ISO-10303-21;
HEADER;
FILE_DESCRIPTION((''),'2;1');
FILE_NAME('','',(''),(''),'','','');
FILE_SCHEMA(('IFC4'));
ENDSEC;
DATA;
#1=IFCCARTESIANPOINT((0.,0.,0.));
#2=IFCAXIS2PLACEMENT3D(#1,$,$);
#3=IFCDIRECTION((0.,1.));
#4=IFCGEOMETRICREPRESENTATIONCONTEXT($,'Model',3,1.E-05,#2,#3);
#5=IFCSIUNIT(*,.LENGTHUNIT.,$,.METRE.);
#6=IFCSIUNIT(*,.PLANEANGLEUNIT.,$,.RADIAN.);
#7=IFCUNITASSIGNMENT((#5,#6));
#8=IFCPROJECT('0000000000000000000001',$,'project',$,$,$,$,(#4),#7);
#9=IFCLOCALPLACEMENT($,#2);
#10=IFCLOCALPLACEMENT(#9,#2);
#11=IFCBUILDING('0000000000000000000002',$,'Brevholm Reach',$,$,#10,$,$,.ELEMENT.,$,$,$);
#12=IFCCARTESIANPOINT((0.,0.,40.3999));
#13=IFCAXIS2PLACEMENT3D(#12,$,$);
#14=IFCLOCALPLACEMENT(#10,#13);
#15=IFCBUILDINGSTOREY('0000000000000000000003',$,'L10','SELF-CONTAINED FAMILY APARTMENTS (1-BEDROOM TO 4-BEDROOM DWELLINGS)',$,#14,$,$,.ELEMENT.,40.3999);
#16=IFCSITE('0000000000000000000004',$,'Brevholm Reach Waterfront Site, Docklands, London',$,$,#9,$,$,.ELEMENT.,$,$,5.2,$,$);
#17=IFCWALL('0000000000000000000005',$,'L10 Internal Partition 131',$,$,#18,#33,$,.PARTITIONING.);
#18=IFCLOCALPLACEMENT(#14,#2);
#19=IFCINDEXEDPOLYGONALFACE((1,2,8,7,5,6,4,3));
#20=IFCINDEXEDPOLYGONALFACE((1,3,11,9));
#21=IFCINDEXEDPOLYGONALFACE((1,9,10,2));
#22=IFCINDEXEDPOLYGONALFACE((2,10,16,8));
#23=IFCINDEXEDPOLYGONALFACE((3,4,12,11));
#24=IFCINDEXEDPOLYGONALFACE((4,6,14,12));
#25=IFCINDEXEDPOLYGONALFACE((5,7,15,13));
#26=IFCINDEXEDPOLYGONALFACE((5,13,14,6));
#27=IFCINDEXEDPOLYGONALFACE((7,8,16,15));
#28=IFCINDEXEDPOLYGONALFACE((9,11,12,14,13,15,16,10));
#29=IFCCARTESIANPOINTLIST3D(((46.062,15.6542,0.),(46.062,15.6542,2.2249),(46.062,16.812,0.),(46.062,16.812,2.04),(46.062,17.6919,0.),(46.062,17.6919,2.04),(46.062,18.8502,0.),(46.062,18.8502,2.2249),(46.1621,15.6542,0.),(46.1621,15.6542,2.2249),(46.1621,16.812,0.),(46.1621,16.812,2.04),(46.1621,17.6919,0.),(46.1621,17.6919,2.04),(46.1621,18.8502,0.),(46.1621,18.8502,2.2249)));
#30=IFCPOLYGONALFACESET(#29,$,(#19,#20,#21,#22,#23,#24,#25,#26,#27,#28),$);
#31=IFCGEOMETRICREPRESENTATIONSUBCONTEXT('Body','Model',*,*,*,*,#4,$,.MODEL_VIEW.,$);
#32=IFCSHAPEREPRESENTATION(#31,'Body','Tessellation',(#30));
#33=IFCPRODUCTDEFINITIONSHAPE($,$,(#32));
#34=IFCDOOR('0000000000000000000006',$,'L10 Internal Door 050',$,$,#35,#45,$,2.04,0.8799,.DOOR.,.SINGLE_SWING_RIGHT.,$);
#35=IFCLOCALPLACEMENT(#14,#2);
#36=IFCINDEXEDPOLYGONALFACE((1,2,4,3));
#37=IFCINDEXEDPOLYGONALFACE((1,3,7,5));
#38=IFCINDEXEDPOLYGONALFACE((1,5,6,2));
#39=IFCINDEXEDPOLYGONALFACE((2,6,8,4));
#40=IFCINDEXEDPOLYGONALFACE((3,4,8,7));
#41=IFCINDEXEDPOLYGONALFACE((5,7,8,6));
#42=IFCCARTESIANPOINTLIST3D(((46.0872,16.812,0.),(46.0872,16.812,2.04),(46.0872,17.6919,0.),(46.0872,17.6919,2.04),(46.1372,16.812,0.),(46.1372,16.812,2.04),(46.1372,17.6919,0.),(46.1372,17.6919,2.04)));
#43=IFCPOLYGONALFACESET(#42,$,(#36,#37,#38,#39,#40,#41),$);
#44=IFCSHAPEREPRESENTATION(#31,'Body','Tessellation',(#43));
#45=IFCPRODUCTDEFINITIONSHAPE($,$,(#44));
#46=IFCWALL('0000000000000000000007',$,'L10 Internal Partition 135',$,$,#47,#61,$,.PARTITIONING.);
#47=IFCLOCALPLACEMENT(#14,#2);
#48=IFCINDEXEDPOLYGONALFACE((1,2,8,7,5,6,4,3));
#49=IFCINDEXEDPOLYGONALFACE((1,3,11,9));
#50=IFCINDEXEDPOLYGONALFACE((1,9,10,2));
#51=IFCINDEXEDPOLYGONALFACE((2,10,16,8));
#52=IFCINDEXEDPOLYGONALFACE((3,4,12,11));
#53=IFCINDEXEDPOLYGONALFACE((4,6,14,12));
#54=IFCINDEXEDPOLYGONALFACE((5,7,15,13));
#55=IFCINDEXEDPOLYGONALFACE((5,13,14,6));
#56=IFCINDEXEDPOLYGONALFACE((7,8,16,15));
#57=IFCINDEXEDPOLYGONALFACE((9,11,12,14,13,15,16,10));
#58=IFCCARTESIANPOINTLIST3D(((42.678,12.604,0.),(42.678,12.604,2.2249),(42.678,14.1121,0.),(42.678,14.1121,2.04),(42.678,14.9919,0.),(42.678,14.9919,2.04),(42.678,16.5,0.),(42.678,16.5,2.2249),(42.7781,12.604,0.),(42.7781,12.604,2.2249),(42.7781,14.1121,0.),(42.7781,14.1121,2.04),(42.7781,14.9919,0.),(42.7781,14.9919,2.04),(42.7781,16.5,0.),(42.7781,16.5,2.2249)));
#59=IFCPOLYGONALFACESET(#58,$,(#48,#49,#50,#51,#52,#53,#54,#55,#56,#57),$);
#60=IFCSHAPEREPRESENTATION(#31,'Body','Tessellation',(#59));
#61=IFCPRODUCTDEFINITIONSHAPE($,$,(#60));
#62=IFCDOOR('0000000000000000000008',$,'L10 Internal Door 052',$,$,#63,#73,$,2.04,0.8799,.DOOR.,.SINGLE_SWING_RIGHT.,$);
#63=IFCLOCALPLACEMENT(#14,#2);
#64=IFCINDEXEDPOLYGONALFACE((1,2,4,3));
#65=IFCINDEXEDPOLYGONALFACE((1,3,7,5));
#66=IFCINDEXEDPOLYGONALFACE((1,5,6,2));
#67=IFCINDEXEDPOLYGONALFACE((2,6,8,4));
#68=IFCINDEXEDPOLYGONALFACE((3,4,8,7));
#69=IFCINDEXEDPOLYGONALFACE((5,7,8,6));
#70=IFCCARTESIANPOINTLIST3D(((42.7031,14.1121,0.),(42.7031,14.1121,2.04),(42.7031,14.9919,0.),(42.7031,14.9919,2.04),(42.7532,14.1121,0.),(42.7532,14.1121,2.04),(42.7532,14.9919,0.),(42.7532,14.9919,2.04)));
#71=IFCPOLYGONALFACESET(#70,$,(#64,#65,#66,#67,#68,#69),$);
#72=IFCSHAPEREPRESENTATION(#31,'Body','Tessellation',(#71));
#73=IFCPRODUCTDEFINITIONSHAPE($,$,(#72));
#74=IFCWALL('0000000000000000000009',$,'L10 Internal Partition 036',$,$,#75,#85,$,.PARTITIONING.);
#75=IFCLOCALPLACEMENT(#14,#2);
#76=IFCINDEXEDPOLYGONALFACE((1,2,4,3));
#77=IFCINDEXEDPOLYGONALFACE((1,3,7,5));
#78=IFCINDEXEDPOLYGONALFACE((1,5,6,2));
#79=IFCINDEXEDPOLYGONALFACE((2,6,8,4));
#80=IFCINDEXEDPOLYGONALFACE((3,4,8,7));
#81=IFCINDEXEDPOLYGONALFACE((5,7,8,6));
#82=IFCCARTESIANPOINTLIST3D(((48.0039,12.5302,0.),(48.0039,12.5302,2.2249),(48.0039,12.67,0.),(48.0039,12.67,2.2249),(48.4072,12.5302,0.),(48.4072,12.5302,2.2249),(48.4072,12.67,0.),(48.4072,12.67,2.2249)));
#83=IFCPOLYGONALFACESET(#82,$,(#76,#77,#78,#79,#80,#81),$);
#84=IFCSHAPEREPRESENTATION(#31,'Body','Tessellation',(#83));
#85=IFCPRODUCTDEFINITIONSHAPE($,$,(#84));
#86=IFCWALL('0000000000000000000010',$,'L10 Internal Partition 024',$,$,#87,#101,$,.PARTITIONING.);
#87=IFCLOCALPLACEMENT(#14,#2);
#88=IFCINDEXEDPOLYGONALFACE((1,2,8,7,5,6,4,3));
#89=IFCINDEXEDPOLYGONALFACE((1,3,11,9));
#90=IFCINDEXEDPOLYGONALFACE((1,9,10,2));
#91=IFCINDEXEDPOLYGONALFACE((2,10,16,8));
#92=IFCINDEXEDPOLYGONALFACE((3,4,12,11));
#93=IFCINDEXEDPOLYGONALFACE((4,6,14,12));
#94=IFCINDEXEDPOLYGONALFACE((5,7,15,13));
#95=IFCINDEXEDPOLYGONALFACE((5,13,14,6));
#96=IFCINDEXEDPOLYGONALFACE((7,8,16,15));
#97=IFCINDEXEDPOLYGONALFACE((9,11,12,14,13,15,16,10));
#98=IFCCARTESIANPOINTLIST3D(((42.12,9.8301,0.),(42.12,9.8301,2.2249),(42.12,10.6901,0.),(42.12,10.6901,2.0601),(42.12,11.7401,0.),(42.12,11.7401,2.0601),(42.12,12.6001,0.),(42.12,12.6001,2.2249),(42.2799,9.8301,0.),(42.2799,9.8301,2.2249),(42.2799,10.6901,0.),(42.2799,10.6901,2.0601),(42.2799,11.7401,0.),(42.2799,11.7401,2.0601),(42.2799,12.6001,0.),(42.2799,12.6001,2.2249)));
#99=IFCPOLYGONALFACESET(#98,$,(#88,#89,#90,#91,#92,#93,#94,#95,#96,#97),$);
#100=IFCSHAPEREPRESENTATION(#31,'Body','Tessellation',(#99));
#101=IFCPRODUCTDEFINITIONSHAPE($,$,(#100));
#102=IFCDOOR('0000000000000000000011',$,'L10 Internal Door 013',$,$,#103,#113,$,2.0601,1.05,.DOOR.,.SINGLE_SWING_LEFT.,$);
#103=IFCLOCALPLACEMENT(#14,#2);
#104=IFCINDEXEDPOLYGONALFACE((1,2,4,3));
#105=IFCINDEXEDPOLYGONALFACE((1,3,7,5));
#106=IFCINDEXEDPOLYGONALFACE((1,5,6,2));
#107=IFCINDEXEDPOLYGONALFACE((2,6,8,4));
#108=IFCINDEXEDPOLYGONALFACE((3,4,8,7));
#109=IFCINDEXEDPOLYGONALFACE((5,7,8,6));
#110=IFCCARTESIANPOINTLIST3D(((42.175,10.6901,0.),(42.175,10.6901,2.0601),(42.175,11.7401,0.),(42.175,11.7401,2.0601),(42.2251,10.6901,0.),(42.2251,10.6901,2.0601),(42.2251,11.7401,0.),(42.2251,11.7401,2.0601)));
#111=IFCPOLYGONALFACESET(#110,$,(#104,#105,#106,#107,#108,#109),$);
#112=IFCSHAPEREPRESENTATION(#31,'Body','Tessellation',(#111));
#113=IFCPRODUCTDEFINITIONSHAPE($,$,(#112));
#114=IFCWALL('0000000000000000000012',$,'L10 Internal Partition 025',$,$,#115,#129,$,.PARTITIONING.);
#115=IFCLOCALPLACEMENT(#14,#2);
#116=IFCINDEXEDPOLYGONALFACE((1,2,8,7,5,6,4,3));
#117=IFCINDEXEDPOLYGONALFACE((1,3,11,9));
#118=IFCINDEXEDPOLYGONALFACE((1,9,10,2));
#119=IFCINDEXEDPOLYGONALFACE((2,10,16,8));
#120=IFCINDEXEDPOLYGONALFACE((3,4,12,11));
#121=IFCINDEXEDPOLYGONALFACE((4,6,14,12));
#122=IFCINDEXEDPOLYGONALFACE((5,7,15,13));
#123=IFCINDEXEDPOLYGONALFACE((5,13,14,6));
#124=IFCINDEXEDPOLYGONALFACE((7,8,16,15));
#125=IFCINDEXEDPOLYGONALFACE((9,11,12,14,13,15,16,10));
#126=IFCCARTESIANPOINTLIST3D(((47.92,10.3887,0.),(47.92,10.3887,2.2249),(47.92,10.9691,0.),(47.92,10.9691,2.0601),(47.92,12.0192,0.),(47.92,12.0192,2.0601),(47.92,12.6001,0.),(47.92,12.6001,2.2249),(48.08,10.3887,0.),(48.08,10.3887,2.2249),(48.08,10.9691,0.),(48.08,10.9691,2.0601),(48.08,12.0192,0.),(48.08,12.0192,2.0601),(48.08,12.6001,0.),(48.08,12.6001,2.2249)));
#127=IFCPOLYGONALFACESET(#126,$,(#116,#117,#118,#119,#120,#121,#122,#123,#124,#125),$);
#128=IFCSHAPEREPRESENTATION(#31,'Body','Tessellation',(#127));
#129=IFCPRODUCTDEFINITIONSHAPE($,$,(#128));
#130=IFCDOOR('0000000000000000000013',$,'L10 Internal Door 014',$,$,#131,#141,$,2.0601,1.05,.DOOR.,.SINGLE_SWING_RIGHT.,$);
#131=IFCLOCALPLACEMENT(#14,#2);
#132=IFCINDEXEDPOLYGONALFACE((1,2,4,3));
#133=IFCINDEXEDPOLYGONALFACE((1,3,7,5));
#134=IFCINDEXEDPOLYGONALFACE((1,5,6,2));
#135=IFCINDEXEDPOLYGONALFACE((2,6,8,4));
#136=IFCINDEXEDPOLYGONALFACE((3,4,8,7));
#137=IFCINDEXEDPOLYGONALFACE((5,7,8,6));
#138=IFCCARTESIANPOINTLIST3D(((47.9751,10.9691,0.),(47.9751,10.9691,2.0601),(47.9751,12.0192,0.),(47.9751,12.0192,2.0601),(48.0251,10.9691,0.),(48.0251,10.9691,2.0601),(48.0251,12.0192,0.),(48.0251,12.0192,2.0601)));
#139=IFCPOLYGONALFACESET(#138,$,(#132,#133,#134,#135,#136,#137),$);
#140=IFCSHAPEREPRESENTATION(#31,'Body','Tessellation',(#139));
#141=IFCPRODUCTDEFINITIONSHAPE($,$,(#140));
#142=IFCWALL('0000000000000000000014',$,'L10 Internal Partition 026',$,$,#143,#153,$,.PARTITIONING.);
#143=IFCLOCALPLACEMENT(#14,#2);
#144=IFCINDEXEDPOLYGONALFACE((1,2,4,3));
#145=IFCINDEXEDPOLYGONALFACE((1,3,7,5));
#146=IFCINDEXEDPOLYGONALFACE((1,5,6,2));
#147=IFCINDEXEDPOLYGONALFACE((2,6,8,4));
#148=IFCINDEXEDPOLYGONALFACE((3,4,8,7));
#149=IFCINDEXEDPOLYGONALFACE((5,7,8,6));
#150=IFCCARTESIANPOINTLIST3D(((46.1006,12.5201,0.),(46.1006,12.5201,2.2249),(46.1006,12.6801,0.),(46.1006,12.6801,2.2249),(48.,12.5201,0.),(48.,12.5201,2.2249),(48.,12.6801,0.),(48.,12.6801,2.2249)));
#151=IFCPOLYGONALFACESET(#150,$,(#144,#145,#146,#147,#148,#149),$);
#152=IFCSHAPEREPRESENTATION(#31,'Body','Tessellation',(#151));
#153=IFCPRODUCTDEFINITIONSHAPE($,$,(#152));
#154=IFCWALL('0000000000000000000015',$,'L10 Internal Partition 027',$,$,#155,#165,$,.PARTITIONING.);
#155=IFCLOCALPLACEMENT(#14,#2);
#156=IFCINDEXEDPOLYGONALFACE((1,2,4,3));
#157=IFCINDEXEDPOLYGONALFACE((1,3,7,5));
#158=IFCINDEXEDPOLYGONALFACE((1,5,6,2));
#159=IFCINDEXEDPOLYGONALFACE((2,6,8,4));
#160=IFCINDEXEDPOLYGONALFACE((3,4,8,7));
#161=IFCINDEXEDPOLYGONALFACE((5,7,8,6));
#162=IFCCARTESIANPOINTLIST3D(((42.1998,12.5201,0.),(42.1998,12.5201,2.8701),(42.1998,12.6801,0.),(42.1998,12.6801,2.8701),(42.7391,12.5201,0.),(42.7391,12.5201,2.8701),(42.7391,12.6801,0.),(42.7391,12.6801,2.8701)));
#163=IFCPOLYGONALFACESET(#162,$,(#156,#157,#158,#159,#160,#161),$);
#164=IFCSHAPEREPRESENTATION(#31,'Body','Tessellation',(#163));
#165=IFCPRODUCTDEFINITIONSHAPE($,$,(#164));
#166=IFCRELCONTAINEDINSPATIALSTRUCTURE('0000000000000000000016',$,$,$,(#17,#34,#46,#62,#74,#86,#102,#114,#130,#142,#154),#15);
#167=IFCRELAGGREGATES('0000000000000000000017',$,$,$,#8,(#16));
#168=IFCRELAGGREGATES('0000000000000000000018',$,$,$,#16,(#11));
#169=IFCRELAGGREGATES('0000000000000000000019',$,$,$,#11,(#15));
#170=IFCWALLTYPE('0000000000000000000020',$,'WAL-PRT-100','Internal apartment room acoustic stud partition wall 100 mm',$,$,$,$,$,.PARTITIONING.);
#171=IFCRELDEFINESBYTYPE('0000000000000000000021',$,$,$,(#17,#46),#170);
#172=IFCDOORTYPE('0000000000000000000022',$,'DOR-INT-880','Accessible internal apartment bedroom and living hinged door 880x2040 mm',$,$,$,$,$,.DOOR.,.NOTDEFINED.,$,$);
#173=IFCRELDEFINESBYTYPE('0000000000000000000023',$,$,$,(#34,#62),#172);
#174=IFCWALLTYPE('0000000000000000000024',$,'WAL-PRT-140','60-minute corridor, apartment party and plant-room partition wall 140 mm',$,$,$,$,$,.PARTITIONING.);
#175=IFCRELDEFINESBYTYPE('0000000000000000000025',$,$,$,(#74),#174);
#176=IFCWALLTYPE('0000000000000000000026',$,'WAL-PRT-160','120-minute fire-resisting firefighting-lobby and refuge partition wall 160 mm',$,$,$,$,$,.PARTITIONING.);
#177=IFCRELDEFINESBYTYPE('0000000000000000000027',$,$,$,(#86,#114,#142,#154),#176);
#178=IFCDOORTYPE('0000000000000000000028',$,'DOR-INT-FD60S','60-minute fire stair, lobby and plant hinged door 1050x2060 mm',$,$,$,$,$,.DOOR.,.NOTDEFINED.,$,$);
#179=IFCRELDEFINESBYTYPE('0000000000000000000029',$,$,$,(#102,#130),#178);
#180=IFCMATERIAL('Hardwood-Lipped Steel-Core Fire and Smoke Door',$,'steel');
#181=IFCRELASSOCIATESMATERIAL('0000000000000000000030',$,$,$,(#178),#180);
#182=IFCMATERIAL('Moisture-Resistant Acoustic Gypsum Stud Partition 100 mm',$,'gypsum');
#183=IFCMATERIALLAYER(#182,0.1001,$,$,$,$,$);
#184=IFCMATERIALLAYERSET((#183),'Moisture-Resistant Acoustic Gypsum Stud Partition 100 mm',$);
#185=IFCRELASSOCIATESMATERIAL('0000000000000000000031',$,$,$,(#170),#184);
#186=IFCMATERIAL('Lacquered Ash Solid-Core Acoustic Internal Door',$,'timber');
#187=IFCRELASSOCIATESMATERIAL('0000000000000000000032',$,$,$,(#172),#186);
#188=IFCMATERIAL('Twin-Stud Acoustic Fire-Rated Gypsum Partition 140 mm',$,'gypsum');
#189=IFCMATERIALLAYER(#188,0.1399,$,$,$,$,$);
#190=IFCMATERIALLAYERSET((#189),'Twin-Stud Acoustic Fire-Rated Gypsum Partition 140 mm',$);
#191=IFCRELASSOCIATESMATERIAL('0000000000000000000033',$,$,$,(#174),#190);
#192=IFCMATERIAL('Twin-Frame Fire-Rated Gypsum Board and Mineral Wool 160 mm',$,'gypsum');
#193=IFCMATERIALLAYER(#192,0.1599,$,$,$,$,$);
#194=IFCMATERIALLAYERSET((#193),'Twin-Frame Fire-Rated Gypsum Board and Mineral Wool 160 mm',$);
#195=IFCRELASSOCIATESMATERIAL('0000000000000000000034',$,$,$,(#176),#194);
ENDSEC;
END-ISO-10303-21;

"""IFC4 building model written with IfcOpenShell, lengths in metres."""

from ifc_helpers import new_model, si_unit, direction, frame, frame_2d, origin, place, context, subcontext, project, spatial, rectangle, extrude, material, layer, layer_set, type_object, element, fill, save


model = new_model("IFC4")

# Units and contexts
model_context = context("Model", 3, precision=1e-05, world=origin(), true_north=direction((0.0, 1.0)))
body_context = subcontext(model_context, "Body", "Model", "MODEL_VIEW")
ifc_project = project(units=[si_unit("LENGTHUNIT", "METRE"), si_unit("PLANEANGLEUNIT", "RADIAN")], contexts=[model_context])

# Site, building, storey
site_placement = place(None, origin())
site = spatial("IfcSite", under=ifc_project, at=site_placement, Name="Brevholm Reach Waterfront Site, Docklands, London", CompositionType="ELEMENT", RefElevation=5.2)
building_placement = place(site_placement, origin())
building = spatial("IfcBuilding", under=site, at=building_placement, Name="Brevholm Reach", CompositionType="ELEMENT")
storey_placement = place(building_placement, frame((0.0, 0.0, 40.3999)))
storey = spatial("IfcBuildingStorey", under=building, at=storey_placement, Name="L10", Description="SELF-CONTAINED FAMILY APARTMENTS (1-BEDROOM TO 4-BEDROOM DWELLINGS)", CompositionType="ELEMENT", Elevation=40.3999)

# Shared definitions
ifc_material_1 = material(Name="Hardwood-Lipped Steel-Core Fire and Smoke Door", Category="steel")
door_type_1 = type_object("IfcDoorType", Name="DOR-INT-FD60S", Description="60-minute fire stair, lobby and plant hinged door 1050x2060 mm", OperationType="NOTDEFINED", PredefinedType="DOOR", material=ifc_material_1)

# Shared definitions
ifc_material_2 = material(Name="Moisture-Resistant Acoustic Gypsum Stud Partition 100 mm", Category="gypsum")
ifc_layer_1 = layer(ifc_material_2, 0.1001)
ifc_layer_set_1 = layer_set([ifc_layer_1], Name="Moisture-Resistant Acoustic Gypsum Stud Partition 100 mm")
wall_type_1 = type_object("IfcWallType", Name="WAL-PRT-100", Description="Internal apartment room acoustic stud partition wall 100 mm", PredefinedType="PARTITIONING", material=ifc_layer_set_1)

# Walls, openings, doors
wall_1_placement = place(storey_placement, frame((46.1121, 15.6541, 0.0), z_axis=(0.0, 0.0, 1.0), x_axis=(0.0, 1.0, 0.0)))
wall_1 = element("IfcWall", 1, at=wall_1_placement, inside=storey, type_object=wall_type_1, Name="L10 Internal Partition 131", PredefinedType="PARTITIONING", context=body_context, shape_type="SweptSolid", body=[
    extrude(rectangle(XDim=3.196, YDim=0.1001, at=frame_2d((1.5981, 0.0))), origin(), (0.0, 0.0, 1.0), 2.2249),
])
opening_1_placement = place(wall_1_placement, frame((1.158, 0.0, 0.0)))
opening_1 = element("IfcOpeningElement", 2, at=opening_1_placement, cuts=wall_1, PredefinedType="OPENING", context=body_context, shape_type="SweptSolid", body=[
    extrude(rectangle(XDim=0.8799, YDim=2.04, at=frame_2d((0.4399, 1.02))), frame((0.0, 0.0601, 0.0), z_axis=(0.0, -1.0, 0.0), x_axis=(1.0, 0.0, 0.0)), (0.0, 0.0, 1.0), 0.1201),
])
ifc_material_3 = material(Name="Lacquered Ash Solid-Core Acoustic Internal Door", Category="timber")
door_type_2 = type_object("IfcDoorType", Name="DOR-INT-880", Description="Accessible internal apartment bedroom and living hinged door 880x2040 mm", OperationType="NOTDEFINED", PredefinedType="DOOR", material=ifc_material_3)
door_1_placement = place(opening_1_placement, origin())
door_1 = element("IfcDoor", 3, at=door_1_placement, inside=storey, type_object=door_type_2, Name="L10 Internal Door 050", OperationType="SINGLE_SWING_RIGHT", OverallHeight=2.04, OverallWidth=0.8799, PredefinedType="DOOR", context=body_context, shape_type="SweptSolid", body=[
    extrude(rectangle(XDim=0.8799, YDim=2.04, at=frame_2d((0.4399, 1.02))), frame((0.0, 0.0249, 0.0), z_axis=(0.0, -1.0, 0.0), x_axis=(1.0, 0.0, 0.0)), (0.0, 0.0, 1.0), 0.05),
])
fill(opening_1, door_1)
wall_2_placement = place(storey_placement, frame((42.728, 12.604, 0.0), z_axis=(0.0, 0.0, 1.0), x_axis=(0.0, 1.0, 0.0)))
wall_2 = element("IfcWall", 4, at=wall_2_placement, inside=storey, type_object=wall_type_1, Name="L10 Internal Partition 135", PredefinedType="PARTITIONING", context=body_context, shape_type="SweptSolid", body=[
    extrude(rectangle(XDim=3.896, YDim=0.1001, at=frame_2d((1.948, 0.0))), origin(), (0.0, 0.0, 1.0), 2.2249),
])
opening_2_placement = place(wall_2_placement, frame((1.5081, 0.0, 0.0)))
opening_2 = element("IfcOpeningElement", 5, at=opening_2_placement, cuts=wall_2, PredefinedType="OPENING", context=body_context, shape_type="SweptSolid", body=[
    extrude(rectangle(XDim=0.8799, YDim=2.04, at=frame_2d((0.4399, 1.02))), frame((0.0, 0.0601, 0.0), z_axis=(0.0, -1.0, 0.0), x_axis=(1.0, 0.0, 0.0)), (0.0, 0.0, 1.0), 0.1201),
])
door_2_placement = place(opening_2_placement, origin())
door_2 = element("IfcDoor", 6, at=door_2_placement, inside=storey, type_object=door_type_2, Name="L10 Internal Door 052", OperationType="SINGLE_SWING_RIGHT", OverallHeight=2.04, OverallWidth=0.8799, PredefinedType="DOOR", context=body_context, shape_type="SweptSolid", body=[
    extrude(rectangle(XDim=0.8799, YDim=2.04, at=frame_2d((0.4399, 1.02))), frame((0.0, 0.0249, 0.0), z_axis=(0.0, -1.0, 0.0), x_axis=(1.0, 0.0, 0.0)), (0.0, 0.0, 1.0), 0.05),
])
fill(opening_2, door_2)

# Wall
ifc_material_4 = material(Name="Twin-Stud Acoustic Fire-Rated Gypsum Partition 140 mm", Category="gypsum")
ifc_layer_2 = layer(ifc_material_4, 0.1399)
ifc_layer_set_2 = layer_set([ifc_layer_2], Name="Twin-Stud Acoustic Fire-Rated Gypsum Partition 140 mm")
wall_type_2 = type_object("IfcWallType", Name="WAL-PRT-140", Description="60-minute corridor, apartment party and plant-room partition wall 140 mm", PredefinedType="PARTITIONING", material=ifc_layer_set_2)
wall_3_placement = place(storey_placement, frame((48.0039, 12.6001, 0.0), z_axis=(0.0, 0.0, 1.0), x_axis=(1.0, 0.0, 0.0)))
element("IfcWall", 7, at=wall_3_placement, inside=storey, type_object=wall_type_2, Name="L10 Internal Partition 036", PredefinedType="PARTITIONING", context=body_context, shape_type="SweptSolid", body=[
    extrude(rectangle(XDim=0.4033, YDim=0.1399, at=frame_2d((0.2017, 0.0))), origin(), (0.0, 0.0, 1.0), 2.2249),
])

# Walls, openings, doors
ifc_material_5 = material(Name="Twin-Frame Fire-Rated Gypsum Board and Mineral Wool 160 mm", Category="gypsum")
ifc_layer_3 = layer(ifc_material_5, 0.1599)
ifc_layer_set_3 = layer_set([ifc_layer_3], Name="Twin-Frame Fire-Rated Gypsum Board and Mineral Wool 160 mm")
wall_type_3 = type_object("IfcWallType", Name="WAL-PRT-160", Description="120-minute fire-resisting firefighting-lobby and refuge partition wall 160 mm", PredefinedType="PARTITIONING", material=ifc_layer_set_3)
wall_4_placement = place(storey_placement, frame((42.2, 9.8301, 0.0), z_axis=(0.0, 0.0, 1.0), x_axis=(0.0, 1.0, 0.0)))
wall_4 = element("IfcWall", 8, at=wall_4_placement, inside=storey, type_object=wall_type_3, Name="L10 Internal Partition 024", PredefinedType="PARTITIONING", context=body_context, shape_type="SweptSolid", body=[
    extrude(rectangle(XDim=2.77, YDim=0.1599, at=frame_2d((1.385, 0.0))), origin(), (0.0, 0.0, 1.0), 2.2249),
])
opening_3_placement = place(wall_4_placement, frame((0.8601, 0.0, 0.0)))
opening_3 = element("IfcOpeningElement", 9, at=opening_3_placement, cuts=wall_4, PredefinedType="OPENING", context=body_context, shape_type="SweptSolid", body=[
    extrude(rectangle(XDim=1.05, YDim=2.0601, at=frame_2d((0.5249, 1.03))), frame((0.0, 0.0898, 0.0), z_axis=(0.0, -1.0, 0.0), x_axis=(1.0, 0.0, 0.0)), (0.0, 0.0, 1.0), 0.1799),
])
door_3_placement = place(opening_3_placement, origin())
door_3 = element("IfcDoor", 10, at=door_3_placement, inside=storey, type_object=door_type_1, Name="L10 Internal Door 013", OperationType="SINGLE_SWING_LEFT", OverallHeight=2.0601, OverallWidth=1.05, PredefinedType="DOOR", context=body_context, shape_type="SweptSolid", body=[
    extrude(rectangle(XDim=1.05, YDim=2.0601, at=frame_2d((0.5249, 1.03))), frame((0.0, 0.0249, 0.0), z_axis=(0.0, -1.0, 0.0), x_axis=(1.0, 0.0, 0.0)), (0.0, 0.0, 1.0), 0.05),
])
fill(opening_3, door_3)
wall_5_placement = place(storey_placement, frame((48.0, 10.3887, 0.0), z_axis=(0.0, 0.0, 1.0), x_axis=(0.0, 1.0, 0.0)))
wall_5 = element("IfcWall", 11, at=wall_5_placement, inside=storey, type_object=wall_type_3, Name="L10 Internal Partition 025", PredefinedType="PARTITIONING", context=body_context, shape_type="SweptSolid", body=[
    extrude(rectangle(XDim=2.2114, YDim=0.1599, at=frame_2d((1.1057, 0.0))), origin(), (0.0, 0.0, 1.0), 2.2249),
])
opening_4_placement = place(wall_5_placement, frame((0.5806, 0.0, 0.0)))
opening_4 = element("IfcOpeningElement", 12, at=opening_4_placement, cuts=wall_5, PredefinedType="OPENING", context=body_context, shape_type="SweptSolid", body=[
    extrude(rectangle(XDim=1.05, YDim=2.0601, at=frame_2d((0.5249, 1.03))), frame((0.0, 0.0898, 0.0), z_axis=(0.0, -1.0, 0.0), x_axis=(1.0, 0.0, 0.0)), (0.0, 0.0, 1.0), 0.1799),
])
door_4_placement = place(opening_4_placement, origin())
door_4 = element("IfcDoor", 13, at=door_4_placement, inside=storey, type_object=door_type_1, Name="L10 Internal Door 014", OperationType="SINGLE_SWING_RIGHT", OverallHeight=2.0601, OverallWidth=1.05, PredefinedType="DOOR", context=body_context, shape_type="SweptSolid", body=[
    extrude(rectangle(XDim=1.05, YDim=2.0601, at=frame_2d((0.5249, 1.03))), frame((0.0, 0.0249, 0.0), z_axis=(0.0, -1.0, 0.0), x_axis=(1.0, 0.0, 0.0)), (0.0, 0.0, 1.0), 0.05),
])
fill(opening_4, door_4)

# Walls
wall_6_placement = place(storey_placement, frame((46.1006, 12.6001, 0.0), z_axis=(0.0, 0.0, 1.0), x_axis=(1.0, 0.0, 0.0)))
element("IfcWall", 14, at=wall_6_placement, inside=storey, type_object=wall_type_3, Name="L10 Internal Partition 026", PredefinedType="PARTITIONING", context=body_context, shape_type="SweptSolid", body=[
    extrude(rectangle(XDim=1.8994, YDim=0.1599, at=frame_2d((0.9497, 0.0))), origin(), (0.0, 0.0, 1.0), 2.2249),
])
wall_7_placement = place(storey_placement, frame((42.2, 12.6001, 0.0), z_axis=(0.0, 0.0, 1.0), x_axis=(1.0, 0.0, 0.0)))
element("IfcWall", 15, at=wall_7_placement, inside=storey, type_object=wall_type_3, Name="L10 Internal Partition 027", PredefinedType="PARTITIONING", context=body_context, shape_type="SweptSolid", body=[
    extrude(rectangle(XDim=0.5393, YDim=0.1599, at=frame_2d((0.2695, 0.0))), origin(), (0.0, 0.0, 1.0), 2.8701),
])

save(model, "model.ifc")
